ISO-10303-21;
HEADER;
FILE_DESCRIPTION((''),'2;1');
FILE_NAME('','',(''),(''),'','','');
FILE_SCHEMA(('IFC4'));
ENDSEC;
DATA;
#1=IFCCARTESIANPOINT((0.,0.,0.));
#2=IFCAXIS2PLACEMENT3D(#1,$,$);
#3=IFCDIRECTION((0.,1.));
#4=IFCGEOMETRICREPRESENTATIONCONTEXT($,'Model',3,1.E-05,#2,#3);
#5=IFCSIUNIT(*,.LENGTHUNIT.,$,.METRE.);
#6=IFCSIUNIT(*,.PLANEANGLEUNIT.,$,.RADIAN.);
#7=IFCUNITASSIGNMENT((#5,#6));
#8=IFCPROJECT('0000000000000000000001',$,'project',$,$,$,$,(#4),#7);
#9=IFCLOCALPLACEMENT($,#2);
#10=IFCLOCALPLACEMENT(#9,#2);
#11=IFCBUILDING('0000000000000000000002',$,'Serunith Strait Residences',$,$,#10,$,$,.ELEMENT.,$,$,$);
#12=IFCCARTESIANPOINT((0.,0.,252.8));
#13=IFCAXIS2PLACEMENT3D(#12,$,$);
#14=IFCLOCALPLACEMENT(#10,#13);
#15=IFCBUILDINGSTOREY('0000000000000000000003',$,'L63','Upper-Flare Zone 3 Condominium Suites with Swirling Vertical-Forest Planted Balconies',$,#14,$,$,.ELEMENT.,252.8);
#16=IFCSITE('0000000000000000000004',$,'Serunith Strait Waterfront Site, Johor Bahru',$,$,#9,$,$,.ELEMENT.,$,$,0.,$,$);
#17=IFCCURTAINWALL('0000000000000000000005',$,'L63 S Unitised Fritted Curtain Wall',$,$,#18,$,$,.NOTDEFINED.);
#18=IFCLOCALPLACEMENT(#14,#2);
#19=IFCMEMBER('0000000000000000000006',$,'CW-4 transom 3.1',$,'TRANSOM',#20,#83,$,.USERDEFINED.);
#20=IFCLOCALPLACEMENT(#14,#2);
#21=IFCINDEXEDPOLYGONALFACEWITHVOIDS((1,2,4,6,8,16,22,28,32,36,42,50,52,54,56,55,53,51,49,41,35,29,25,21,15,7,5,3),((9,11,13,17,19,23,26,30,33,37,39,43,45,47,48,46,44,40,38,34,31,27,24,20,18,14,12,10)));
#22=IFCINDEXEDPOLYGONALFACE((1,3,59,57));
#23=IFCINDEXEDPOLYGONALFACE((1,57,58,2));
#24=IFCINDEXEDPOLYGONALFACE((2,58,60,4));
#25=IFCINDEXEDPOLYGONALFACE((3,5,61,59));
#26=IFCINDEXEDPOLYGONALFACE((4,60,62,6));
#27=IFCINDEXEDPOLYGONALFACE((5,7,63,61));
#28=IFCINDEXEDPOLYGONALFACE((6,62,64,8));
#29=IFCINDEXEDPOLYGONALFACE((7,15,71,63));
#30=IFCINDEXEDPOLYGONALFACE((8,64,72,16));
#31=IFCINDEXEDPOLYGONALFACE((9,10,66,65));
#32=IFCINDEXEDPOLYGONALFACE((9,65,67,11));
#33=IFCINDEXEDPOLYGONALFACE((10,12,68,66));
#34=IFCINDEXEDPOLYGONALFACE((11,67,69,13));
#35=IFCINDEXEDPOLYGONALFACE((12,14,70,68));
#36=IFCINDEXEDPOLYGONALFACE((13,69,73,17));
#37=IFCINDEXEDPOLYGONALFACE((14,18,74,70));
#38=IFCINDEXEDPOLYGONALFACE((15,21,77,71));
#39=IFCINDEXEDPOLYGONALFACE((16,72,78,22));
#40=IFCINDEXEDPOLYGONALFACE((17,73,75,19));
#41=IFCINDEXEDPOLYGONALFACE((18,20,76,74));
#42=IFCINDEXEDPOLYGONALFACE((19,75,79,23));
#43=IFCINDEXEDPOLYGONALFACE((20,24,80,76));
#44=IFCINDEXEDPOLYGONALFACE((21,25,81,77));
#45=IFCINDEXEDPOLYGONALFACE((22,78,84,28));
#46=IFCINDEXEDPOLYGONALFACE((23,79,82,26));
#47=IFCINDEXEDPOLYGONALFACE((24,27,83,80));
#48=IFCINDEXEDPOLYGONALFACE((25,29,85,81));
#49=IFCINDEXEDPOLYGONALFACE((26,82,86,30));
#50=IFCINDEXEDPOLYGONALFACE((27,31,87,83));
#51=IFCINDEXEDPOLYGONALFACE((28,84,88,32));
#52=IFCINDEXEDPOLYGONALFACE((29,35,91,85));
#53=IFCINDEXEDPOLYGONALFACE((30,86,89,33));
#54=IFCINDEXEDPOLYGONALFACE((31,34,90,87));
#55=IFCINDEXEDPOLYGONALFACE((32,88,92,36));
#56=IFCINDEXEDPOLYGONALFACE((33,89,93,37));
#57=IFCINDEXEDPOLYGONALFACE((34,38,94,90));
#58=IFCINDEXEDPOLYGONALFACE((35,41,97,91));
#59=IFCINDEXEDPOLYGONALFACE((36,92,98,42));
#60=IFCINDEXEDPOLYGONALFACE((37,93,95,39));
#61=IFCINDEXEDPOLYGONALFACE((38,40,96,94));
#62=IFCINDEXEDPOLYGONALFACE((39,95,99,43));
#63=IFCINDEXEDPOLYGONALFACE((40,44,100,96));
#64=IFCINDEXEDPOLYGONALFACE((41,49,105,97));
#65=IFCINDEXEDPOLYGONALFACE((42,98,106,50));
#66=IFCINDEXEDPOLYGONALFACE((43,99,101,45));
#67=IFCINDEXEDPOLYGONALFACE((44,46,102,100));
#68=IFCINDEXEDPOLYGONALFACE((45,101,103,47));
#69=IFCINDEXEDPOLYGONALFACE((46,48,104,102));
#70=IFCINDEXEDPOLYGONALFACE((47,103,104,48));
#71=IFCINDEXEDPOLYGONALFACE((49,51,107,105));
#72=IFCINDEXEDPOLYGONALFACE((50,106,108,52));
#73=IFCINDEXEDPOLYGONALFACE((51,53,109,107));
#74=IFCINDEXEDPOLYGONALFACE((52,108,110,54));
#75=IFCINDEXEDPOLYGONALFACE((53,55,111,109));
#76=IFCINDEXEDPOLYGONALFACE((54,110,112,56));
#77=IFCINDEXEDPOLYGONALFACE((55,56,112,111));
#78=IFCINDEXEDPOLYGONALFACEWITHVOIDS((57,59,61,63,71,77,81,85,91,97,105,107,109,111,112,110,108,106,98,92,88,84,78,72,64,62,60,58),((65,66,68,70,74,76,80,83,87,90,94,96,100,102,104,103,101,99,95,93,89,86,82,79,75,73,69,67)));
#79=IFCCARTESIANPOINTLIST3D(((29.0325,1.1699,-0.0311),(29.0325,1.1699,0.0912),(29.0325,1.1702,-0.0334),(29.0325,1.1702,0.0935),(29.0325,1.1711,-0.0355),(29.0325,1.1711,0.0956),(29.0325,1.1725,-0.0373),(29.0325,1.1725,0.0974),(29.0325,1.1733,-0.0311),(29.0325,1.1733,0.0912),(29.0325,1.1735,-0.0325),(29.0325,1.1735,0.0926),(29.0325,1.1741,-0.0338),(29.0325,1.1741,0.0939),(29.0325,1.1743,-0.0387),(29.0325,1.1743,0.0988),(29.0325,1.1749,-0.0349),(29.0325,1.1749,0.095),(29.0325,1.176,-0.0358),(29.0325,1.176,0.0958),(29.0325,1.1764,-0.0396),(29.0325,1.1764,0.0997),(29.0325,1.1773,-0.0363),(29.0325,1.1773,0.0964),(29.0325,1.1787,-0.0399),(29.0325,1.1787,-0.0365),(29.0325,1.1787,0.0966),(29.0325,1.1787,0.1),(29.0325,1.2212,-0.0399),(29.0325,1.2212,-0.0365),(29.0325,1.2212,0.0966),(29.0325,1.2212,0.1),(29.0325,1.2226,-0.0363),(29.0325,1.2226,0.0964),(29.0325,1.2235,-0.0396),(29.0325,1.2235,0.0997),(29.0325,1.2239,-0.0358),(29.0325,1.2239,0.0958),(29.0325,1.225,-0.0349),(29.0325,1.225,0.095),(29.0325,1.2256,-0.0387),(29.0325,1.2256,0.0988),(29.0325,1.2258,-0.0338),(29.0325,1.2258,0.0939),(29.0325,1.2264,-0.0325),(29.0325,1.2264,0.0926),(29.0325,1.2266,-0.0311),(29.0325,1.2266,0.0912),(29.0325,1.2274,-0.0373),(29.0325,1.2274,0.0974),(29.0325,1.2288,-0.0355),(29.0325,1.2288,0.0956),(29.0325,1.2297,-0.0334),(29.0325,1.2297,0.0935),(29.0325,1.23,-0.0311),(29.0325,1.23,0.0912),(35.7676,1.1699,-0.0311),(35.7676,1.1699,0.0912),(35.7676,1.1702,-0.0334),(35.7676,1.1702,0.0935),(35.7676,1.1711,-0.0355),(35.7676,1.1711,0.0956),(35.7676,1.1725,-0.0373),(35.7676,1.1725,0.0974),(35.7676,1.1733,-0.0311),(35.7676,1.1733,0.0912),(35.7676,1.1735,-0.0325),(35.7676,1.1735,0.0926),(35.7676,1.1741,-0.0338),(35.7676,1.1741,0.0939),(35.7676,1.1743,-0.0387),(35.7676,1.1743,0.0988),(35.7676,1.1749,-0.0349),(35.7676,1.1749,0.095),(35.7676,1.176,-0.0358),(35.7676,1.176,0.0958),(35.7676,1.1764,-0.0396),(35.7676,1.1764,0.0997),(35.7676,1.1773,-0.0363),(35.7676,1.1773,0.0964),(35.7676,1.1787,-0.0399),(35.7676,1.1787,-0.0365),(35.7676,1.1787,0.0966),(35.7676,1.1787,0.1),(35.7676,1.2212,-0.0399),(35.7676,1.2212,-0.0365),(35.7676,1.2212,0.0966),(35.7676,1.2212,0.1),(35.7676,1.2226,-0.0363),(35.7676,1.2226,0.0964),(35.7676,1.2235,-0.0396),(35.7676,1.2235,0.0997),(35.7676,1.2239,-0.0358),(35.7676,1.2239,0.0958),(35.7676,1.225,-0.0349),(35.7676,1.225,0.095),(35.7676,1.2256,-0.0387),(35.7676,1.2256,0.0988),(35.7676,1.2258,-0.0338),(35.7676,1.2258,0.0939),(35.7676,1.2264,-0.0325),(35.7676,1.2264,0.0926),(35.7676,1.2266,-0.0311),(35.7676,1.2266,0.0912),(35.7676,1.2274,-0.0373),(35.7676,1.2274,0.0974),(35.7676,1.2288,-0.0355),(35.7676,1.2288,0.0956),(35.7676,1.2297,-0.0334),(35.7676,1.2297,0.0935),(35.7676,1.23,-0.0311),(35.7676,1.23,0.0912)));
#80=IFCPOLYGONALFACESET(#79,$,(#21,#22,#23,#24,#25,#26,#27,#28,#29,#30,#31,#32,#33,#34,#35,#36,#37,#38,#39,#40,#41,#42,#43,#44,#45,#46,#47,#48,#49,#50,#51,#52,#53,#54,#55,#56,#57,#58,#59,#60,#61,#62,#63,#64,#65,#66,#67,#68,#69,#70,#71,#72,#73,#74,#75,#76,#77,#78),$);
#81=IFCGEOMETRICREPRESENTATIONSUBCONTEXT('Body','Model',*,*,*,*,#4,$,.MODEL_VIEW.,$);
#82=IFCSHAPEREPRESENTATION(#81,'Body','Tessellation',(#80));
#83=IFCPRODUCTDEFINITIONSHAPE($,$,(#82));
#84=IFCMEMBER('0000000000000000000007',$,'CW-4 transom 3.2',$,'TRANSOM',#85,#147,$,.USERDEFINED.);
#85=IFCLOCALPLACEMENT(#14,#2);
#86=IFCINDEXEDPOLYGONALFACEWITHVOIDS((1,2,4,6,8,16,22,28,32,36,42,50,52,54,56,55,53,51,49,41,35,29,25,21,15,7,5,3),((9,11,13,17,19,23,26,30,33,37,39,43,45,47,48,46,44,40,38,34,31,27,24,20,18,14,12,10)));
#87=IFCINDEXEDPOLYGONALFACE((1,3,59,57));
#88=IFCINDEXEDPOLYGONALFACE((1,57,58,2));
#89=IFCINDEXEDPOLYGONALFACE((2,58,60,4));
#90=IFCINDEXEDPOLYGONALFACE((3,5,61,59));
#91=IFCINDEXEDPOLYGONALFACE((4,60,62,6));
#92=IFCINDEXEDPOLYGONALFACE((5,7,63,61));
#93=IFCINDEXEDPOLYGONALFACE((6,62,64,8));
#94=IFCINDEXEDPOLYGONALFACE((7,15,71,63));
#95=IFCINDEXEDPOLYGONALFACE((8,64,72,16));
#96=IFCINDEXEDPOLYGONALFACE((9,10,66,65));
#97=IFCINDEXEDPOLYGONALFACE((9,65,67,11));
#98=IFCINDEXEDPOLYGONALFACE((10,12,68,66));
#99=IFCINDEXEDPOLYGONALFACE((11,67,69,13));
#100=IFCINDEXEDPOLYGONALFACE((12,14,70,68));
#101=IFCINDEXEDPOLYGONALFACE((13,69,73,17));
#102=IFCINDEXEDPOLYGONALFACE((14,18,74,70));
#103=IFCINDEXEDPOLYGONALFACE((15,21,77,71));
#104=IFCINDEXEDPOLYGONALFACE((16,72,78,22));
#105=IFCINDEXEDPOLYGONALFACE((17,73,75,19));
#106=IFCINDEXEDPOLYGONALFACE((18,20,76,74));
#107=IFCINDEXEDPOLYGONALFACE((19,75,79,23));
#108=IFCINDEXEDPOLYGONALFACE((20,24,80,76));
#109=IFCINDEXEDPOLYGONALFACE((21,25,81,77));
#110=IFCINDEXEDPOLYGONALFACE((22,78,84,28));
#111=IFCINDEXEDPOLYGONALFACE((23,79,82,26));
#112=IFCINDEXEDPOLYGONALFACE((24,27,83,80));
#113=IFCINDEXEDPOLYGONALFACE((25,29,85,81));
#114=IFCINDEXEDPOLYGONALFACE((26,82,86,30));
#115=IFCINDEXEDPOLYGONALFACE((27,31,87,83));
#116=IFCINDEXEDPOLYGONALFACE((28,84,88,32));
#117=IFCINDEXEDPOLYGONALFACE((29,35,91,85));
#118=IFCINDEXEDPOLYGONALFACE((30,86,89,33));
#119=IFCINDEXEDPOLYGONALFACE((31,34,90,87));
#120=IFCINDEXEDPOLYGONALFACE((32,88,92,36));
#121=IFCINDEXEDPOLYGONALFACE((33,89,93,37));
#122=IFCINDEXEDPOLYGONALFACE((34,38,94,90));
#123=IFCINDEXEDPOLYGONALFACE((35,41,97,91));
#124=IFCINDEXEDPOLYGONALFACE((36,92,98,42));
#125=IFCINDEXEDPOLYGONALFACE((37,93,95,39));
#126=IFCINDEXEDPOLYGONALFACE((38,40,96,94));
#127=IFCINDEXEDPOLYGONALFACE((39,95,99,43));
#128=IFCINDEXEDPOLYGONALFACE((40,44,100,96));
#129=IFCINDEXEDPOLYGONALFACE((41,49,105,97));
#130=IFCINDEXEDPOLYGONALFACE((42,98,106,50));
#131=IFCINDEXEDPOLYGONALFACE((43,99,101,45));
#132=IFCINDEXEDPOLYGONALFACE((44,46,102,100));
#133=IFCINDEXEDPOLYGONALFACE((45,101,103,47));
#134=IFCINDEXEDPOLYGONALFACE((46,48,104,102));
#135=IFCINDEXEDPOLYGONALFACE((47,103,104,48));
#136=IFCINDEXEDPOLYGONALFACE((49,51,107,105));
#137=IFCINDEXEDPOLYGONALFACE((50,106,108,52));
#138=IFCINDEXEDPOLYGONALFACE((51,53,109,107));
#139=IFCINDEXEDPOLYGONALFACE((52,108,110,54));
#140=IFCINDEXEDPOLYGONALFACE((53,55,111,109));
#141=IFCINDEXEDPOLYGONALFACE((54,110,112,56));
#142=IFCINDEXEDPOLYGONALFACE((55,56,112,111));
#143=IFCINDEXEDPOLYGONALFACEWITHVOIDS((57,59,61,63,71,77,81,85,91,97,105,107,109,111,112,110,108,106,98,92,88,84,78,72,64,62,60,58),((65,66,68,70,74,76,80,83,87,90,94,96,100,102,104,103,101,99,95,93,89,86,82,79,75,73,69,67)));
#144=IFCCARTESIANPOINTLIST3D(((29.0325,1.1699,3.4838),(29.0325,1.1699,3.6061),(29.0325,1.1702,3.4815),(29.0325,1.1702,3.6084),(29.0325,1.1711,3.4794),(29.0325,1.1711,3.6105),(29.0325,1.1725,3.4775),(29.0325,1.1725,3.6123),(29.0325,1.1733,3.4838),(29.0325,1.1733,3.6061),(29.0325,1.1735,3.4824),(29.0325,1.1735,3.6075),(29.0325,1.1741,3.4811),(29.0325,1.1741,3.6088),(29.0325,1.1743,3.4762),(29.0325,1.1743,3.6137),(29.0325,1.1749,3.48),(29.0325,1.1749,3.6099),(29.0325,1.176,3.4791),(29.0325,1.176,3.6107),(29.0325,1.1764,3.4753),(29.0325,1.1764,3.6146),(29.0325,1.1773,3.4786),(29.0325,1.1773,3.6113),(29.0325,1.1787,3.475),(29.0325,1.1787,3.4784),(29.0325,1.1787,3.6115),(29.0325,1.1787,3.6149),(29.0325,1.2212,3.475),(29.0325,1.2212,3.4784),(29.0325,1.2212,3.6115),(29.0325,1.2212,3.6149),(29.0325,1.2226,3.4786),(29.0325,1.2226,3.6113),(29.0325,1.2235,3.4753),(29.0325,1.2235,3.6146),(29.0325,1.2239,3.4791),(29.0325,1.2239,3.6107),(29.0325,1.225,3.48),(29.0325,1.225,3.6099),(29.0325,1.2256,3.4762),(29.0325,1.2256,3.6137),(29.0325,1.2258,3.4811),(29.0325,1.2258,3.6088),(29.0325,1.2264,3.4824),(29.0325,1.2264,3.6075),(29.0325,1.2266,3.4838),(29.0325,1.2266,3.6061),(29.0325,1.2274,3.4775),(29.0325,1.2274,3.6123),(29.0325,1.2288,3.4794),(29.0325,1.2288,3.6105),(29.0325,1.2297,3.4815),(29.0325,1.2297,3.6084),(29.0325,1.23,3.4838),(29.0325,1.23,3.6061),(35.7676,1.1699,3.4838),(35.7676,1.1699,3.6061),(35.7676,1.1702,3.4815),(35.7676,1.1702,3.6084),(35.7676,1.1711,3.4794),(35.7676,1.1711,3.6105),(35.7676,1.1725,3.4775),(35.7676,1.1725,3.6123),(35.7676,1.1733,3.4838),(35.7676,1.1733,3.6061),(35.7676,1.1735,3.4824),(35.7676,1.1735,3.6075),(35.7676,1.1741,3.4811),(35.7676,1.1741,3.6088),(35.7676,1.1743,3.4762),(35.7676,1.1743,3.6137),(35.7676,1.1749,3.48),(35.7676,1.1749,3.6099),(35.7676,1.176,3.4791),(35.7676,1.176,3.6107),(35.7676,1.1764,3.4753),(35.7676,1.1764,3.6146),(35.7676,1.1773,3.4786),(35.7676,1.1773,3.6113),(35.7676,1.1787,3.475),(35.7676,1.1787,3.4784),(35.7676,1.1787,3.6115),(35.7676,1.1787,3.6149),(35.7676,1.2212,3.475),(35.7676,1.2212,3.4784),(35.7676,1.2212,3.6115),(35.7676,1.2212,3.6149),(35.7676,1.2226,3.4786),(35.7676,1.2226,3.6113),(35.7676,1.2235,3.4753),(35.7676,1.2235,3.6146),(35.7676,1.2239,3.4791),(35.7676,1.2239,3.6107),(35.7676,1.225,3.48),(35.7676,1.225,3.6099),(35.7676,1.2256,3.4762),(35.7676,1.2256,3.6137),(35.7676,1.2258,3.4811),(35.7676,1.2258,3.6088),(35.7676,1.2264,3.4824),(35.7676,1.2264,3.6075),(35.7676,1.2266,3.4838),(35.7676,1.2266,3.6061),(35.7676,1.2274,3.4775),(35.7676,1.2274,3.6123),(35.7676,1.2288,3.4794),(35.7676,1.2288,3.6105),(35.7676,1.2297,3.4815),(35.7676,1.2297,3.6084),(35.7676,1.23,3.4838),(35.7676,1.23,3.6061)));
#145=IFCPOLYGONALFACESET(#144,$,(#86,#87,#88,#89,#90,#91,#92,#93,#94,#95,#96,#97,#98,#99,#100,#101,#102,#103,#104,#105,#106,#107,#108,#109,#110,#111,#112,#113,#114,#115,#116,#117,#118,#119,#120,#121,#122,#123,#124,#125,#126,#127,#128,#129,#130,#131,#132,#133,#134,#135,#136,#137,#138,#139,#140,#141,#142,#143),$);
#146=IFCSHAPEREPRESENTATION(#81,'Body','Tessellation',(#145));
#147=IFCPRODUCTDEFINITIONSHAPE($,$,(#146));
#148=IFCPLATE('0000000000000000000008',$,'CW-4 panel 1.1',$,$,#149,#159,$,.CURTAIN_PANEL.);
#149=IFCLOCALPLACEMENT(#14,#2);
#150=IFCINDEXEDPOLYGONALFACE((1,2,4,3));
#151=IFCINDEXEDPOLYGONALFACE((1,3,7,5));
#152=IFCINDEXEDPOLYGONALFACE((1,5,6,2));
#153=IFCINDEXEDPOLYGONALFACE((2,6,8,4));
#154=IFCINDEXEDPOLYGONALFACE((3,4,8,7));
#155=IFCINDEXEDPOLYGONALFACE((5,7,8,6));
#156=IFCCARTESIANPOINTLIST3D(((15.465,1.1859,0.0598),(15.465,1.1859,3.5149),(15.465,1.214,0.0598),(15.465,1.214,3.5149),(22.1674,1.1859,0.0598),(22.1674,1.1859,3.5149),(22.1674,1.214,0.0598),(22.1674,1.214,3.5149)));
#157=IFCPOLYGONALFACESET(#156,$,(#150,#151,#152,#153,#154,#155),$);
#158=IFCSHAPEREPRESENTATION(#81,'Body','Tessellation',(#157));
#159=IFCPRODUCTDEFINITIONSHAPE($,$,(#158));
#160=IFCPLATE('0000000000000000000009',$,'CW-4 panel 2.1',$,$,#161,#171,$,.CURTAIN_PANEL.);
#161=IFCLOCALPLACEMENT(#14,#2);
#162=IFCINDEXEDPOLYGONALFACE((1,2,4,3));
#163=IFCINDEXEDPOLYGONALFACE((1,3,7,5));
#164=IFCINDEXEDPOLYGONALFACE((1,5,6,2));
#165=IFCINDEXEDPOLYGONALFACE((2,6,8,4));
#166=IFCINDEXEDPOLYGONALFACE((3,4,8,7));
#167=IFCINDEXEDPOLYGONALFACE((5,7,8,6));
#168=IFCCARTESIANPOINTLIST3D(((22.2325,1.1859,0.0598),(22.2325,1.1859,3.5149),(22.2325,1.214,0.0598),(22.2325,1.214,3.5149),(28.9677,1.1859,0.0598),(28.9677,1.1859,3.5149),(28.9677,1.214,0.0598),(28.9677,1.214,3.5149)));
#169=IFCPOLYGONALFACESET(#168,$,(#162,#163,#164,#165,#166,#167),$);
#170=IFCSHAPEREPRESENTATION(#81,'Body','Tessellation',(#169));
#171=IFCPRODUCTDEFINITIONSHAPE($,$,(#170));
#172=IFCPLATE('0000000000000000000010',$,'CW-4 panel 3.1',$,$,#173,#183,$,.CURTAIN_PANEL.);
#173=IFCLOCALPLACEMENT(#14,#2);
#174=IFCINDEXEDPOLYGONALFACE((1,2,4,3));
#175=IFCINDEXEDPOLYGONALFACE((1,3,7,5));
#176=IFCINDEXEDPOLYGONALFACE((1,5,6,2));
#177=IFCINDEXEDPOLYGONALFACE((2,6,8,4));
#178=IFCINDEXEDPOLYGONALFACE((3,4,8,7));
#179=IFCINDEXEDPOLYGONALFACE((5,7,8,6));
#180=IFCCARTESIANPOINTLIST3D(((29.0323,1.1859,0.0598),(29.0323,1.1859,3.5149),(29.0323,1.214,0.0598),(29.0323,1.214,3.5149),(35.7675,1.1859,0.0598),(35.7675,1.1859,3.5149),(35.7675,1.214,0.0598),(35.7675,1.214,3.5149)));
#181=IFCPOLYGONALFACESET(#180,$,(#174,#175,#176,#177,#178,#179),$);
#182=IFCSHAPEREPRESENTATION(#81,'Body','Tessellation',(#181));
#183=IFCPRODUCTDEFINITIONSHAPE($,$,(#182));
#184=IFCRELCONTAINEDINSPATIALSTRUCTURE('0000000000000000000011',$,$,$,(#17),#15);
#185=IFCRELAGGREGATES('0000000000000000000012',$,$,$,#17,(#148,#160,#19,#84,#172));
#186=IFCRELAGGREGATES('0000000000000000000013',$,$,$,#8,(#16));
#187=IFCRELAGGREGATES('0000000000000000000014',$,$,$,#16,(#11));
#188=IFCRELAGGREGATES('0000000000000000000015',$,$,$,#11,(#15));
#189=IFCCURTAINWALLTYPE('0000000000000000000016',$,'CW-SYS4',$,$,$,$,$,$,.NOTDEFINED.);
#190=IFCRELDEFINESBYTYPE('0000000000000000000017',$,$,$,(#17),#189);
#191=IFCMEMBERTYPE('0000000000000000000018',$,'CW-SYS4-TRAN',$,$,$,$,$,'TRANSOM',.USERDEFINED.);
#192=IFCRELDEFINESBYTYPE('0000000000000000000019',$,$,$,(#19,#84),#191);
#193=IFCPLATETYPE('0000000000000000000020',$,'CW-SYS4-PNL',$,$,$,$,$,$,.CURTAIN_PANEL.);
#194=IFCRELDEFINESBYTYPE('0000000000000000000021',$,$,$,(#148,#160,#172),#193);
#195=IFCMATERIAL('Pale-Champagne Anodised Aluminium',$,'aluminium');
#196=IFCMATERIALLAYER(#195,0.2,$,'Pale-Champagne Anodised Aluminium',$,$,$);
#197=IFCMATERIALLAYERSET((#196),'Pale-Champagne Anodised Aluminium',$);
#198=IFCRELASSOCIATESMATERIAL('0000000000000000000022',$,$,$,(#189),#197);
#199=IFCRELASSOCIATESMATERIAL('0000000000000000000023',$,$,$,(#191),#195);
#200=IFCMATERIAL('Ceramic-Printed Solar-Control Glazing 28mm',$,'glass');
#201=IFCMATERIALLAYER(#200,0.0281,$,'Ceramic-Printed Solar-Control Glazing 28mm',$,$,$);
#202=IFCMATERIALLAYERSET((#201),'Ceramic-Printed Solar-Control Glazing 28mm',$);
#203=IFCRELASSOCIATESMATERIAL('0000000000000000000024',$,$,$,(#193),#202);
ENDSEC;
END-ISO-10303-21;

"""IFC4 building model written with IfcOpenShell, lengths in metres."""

from ifc_helpers import new_model, si_unit, direction, frame, origin, origin_2d, place, context, subcontext, project, spatial, rectangle, hollow_rectangle, extrude, source, transform, mapped, material, layer, layer_set, material_profile, profile_set, type_object, element, aggregate, save


model = new_model("IFC4")

# Units and contexts
model_context = context("Model", 3, precision=1e-05, world=origin(), true_north=direction((0.0, 1.0)))
body_context = subcontext(model_context, "Body", "Model", "MODEL_VIEW")
ifc_project = project(units=[si_unit("LENGTHUNIT", "METRE"), si_unit("PLANEANGLEUNIT", "RADIAN")], contexts=[model_context])

# Site, building, storey
site_placement = place(None, origin())
site = spatial("IfcSite", under=ifc_project, at=site_placement, Name="Serunith Strait Waterfront Site, Johor Bahru", CompositionType="ELEMENT", RefElevation=0.0)
building_placement = place(site_placement, origin())
building = spatial("IfcBuilding", under=site, at=building_placement, Name="Serunith Strait Residences", CompositionType="ELEMENT")
storey_placement = place(building_placement, frame((0.0, 0.0, 252.8)))
storey = spatial("IfcBuildingStorey", under=building, at=storey_placement, Name="L63", Description="Upper-Flare Zone 3 Condominium Suites with Swirling Vertical-Forest Planted Balconies", CompositionType="ELEMENT", Elevation=252.8)

# Curtain wall, members, plates
ifc_material_1 = material(Name="Pale-Champagne Anodised Aluminium", Category="aluminium")
ifc_layer_1 = layer(ifc_material_1, 0.2, Name="Pale-Champagne Anodised Aluminium")
ifc_layer_set_1 = layer_set([ifc_layer_1], Name="Pale-Champagne Anodised Aluminium")
curtain_wall_type = type_object("IfcCurtainWallType", Name="CW-SYS4", PredefinedType="NOTDEFINED", material=ifc_layer_set_1)
curtain_wall_placement = place(storey_placement, origin())
curtain_wall = element("IfcCurtainWall", 1, at=curtain_wall_placement, inside=storey, type_object=curtain_wall_type, Name="L63 S Unitised Fritted Curtain Wall", PredefinedType="NOTDEFINED")
ifc_material_profile_1 = material_profile(ifc_material_1, hollow_rectangle(XDim=0.0601, YDim=0.1399, WallThickness=0.0034, InnerFilletRadius=0.0054, OuterFilletRadius=0.0088, at=origin_2d()), Name="ALU 140x60x3.5")
ifc_profile_set_1 = profile_set([ifc_material_profile_1], Name="Pale-Champagne Anodised Aluminium")
member_type_1 = type_object("IfcMemberType", Name="CW-SYS4-TRAN", ElementType="TRANSOM", PredefinedType="USERDEFINED", material=ifc_profile_set_1)
shared_shape_1 = source(origin(), body_context, "Body", "SweptSolid", [
    extrude(hollow_rectangle(XDim=0.0601, YDim=0.1399, WallThickness=0.0034, InnerFilletRadius=0.0054, OuterFilletRadius=0.0088, at=origin_2d()), origin(), (0.0, 0.0, 1.0), 6.7351),
])
member_1_placement = place(storey_placement, frame((29.0325, 1.2, 0.03), z_axis=(1.0, 0.0, 0.0), x_axis=(0.0, 1.0, 0.0)))
member_1 = element("IfcMember", 2, at=member_1_placement, type_object=member_type_1, Name="CW-4 transom 3.1", ObjectType="TRANSOM", PredefinedType="USERDEFINED", context=body_context, shape_type="MappedRepresentation", body=[
    mapped(shared_shape_1, transform((0.0, 0.0, 0.0), scale=1.0)),
])
member_2_placement = place(storey_placement, frame((29.0325, 1.2, 3.5449), z_axis=(1.0, 0.0, 0.0), x_axis=(0.0, 1.0, 0.0)))
member_2 = element("IfcMember", 3, at=member_2_placement, type_object=member_type_1, Name="CW-4 transom 3.2", ObjectType="TRANSOM", PredefinedType="USERDEFINED", context=body_context, shape_type="MappedRepresentation", body=[
    mapped(shared_shape_1, transform((0.0, 0.0, 0.0), scale=1.0)),
])
ifc_material_2 = material(Name="Ceramic-Printed Solar-Control Glazing 28mm", Category="glass")
ifc_layer_2 = layer(ifc_material_2, 0.0281, Name="Ceramic-Printed Solar-Control Glazing 28mm")
ifc_layer_set_2 = layer_set([ifc_layer_2], Name="Ceramic-Printed Solar-Control Glazing 28mm")
plate_type = type_object("IfcPlateType", Name="CW-SYS4-PNL", PredefinedType="CURTAIN_PANEL", material=ifc_layer_set_2)
shared_shape_2 = source(origin(), body_context, "Body", "SweptSolid", [
    extrude(rectangle(XDim=6.7024, YDim=0.0281, at=origin_2d()), origin(), (0.0, 0.0, 1.0), 3.4551),
])
plate_1_placement = place(storey_placement, frame((18.8162, 1.2, 0.0598), z_axis=(0.0, 0.0, 1.0), x_axis=(1.0, 0.0, 0.0)))
plate_1 = element("IfcPlate", 4, at=plate_1_placement, type_object=plate_type, Name="CW-4 panel 1.1", PredefinedType="CURTAIN_PANEL", context=body_context, shape_type="MappedRepresentation", body=[
    mapped(shared_shape_2, transform((0.0, 0.0, 0.0), scale=1.0)),
])
shared_shape_3 = source(origin(), body_context, "Body", "SweptSolid", [
    extrude(rectangle(XDim=6.7351, YDim=0.0281, at=origin_2d()), origin(), (0.0, 0.0, 1.0), 3.4551),
])
plate_2_placement = place(storey_placement, frame((25.6001, 1.2, 0.0598), z_axis=(0.0, 0.0, 1.0), x_axis=(1.0, 0.0, 0.0)))
plate_2 = element("IfcPlate", 5, at=plate_2_placement, type_object=plate_type, Name="CW-4 panel 2.1", PredefinedType="CURTAIN_PANEL", context=body_context, shape_type="MappedRepresentation", body=[
    mapped(shared_shape_3, transform((0.0, 0.0, 0.0), scale=1.0)),
])
plate_3_placement = place(storey_placement, frame((32.3999, 1.2, 0.0598), z_axis=(0.0, 0.0, 1.0), x_axis=(1.0, 0.0, 0.0)))
plate_3 = element("IfcPlate", 6, at=plate_3_placement, type_object=plate_type, Name="CW-4 panel 3.1", PredefinedType="CURTAIN_PANEL", context=body_context, shape_type="MappedRepresentation", body=[
    mapped(shared_shape_3, transform((0.0, 0.0, 0.0), scale=1.0)),
])
aggregate(curtain_wall, [plate_1, plate_2, member_1, member_2, plate_3])

save(model, "model.ifc")
